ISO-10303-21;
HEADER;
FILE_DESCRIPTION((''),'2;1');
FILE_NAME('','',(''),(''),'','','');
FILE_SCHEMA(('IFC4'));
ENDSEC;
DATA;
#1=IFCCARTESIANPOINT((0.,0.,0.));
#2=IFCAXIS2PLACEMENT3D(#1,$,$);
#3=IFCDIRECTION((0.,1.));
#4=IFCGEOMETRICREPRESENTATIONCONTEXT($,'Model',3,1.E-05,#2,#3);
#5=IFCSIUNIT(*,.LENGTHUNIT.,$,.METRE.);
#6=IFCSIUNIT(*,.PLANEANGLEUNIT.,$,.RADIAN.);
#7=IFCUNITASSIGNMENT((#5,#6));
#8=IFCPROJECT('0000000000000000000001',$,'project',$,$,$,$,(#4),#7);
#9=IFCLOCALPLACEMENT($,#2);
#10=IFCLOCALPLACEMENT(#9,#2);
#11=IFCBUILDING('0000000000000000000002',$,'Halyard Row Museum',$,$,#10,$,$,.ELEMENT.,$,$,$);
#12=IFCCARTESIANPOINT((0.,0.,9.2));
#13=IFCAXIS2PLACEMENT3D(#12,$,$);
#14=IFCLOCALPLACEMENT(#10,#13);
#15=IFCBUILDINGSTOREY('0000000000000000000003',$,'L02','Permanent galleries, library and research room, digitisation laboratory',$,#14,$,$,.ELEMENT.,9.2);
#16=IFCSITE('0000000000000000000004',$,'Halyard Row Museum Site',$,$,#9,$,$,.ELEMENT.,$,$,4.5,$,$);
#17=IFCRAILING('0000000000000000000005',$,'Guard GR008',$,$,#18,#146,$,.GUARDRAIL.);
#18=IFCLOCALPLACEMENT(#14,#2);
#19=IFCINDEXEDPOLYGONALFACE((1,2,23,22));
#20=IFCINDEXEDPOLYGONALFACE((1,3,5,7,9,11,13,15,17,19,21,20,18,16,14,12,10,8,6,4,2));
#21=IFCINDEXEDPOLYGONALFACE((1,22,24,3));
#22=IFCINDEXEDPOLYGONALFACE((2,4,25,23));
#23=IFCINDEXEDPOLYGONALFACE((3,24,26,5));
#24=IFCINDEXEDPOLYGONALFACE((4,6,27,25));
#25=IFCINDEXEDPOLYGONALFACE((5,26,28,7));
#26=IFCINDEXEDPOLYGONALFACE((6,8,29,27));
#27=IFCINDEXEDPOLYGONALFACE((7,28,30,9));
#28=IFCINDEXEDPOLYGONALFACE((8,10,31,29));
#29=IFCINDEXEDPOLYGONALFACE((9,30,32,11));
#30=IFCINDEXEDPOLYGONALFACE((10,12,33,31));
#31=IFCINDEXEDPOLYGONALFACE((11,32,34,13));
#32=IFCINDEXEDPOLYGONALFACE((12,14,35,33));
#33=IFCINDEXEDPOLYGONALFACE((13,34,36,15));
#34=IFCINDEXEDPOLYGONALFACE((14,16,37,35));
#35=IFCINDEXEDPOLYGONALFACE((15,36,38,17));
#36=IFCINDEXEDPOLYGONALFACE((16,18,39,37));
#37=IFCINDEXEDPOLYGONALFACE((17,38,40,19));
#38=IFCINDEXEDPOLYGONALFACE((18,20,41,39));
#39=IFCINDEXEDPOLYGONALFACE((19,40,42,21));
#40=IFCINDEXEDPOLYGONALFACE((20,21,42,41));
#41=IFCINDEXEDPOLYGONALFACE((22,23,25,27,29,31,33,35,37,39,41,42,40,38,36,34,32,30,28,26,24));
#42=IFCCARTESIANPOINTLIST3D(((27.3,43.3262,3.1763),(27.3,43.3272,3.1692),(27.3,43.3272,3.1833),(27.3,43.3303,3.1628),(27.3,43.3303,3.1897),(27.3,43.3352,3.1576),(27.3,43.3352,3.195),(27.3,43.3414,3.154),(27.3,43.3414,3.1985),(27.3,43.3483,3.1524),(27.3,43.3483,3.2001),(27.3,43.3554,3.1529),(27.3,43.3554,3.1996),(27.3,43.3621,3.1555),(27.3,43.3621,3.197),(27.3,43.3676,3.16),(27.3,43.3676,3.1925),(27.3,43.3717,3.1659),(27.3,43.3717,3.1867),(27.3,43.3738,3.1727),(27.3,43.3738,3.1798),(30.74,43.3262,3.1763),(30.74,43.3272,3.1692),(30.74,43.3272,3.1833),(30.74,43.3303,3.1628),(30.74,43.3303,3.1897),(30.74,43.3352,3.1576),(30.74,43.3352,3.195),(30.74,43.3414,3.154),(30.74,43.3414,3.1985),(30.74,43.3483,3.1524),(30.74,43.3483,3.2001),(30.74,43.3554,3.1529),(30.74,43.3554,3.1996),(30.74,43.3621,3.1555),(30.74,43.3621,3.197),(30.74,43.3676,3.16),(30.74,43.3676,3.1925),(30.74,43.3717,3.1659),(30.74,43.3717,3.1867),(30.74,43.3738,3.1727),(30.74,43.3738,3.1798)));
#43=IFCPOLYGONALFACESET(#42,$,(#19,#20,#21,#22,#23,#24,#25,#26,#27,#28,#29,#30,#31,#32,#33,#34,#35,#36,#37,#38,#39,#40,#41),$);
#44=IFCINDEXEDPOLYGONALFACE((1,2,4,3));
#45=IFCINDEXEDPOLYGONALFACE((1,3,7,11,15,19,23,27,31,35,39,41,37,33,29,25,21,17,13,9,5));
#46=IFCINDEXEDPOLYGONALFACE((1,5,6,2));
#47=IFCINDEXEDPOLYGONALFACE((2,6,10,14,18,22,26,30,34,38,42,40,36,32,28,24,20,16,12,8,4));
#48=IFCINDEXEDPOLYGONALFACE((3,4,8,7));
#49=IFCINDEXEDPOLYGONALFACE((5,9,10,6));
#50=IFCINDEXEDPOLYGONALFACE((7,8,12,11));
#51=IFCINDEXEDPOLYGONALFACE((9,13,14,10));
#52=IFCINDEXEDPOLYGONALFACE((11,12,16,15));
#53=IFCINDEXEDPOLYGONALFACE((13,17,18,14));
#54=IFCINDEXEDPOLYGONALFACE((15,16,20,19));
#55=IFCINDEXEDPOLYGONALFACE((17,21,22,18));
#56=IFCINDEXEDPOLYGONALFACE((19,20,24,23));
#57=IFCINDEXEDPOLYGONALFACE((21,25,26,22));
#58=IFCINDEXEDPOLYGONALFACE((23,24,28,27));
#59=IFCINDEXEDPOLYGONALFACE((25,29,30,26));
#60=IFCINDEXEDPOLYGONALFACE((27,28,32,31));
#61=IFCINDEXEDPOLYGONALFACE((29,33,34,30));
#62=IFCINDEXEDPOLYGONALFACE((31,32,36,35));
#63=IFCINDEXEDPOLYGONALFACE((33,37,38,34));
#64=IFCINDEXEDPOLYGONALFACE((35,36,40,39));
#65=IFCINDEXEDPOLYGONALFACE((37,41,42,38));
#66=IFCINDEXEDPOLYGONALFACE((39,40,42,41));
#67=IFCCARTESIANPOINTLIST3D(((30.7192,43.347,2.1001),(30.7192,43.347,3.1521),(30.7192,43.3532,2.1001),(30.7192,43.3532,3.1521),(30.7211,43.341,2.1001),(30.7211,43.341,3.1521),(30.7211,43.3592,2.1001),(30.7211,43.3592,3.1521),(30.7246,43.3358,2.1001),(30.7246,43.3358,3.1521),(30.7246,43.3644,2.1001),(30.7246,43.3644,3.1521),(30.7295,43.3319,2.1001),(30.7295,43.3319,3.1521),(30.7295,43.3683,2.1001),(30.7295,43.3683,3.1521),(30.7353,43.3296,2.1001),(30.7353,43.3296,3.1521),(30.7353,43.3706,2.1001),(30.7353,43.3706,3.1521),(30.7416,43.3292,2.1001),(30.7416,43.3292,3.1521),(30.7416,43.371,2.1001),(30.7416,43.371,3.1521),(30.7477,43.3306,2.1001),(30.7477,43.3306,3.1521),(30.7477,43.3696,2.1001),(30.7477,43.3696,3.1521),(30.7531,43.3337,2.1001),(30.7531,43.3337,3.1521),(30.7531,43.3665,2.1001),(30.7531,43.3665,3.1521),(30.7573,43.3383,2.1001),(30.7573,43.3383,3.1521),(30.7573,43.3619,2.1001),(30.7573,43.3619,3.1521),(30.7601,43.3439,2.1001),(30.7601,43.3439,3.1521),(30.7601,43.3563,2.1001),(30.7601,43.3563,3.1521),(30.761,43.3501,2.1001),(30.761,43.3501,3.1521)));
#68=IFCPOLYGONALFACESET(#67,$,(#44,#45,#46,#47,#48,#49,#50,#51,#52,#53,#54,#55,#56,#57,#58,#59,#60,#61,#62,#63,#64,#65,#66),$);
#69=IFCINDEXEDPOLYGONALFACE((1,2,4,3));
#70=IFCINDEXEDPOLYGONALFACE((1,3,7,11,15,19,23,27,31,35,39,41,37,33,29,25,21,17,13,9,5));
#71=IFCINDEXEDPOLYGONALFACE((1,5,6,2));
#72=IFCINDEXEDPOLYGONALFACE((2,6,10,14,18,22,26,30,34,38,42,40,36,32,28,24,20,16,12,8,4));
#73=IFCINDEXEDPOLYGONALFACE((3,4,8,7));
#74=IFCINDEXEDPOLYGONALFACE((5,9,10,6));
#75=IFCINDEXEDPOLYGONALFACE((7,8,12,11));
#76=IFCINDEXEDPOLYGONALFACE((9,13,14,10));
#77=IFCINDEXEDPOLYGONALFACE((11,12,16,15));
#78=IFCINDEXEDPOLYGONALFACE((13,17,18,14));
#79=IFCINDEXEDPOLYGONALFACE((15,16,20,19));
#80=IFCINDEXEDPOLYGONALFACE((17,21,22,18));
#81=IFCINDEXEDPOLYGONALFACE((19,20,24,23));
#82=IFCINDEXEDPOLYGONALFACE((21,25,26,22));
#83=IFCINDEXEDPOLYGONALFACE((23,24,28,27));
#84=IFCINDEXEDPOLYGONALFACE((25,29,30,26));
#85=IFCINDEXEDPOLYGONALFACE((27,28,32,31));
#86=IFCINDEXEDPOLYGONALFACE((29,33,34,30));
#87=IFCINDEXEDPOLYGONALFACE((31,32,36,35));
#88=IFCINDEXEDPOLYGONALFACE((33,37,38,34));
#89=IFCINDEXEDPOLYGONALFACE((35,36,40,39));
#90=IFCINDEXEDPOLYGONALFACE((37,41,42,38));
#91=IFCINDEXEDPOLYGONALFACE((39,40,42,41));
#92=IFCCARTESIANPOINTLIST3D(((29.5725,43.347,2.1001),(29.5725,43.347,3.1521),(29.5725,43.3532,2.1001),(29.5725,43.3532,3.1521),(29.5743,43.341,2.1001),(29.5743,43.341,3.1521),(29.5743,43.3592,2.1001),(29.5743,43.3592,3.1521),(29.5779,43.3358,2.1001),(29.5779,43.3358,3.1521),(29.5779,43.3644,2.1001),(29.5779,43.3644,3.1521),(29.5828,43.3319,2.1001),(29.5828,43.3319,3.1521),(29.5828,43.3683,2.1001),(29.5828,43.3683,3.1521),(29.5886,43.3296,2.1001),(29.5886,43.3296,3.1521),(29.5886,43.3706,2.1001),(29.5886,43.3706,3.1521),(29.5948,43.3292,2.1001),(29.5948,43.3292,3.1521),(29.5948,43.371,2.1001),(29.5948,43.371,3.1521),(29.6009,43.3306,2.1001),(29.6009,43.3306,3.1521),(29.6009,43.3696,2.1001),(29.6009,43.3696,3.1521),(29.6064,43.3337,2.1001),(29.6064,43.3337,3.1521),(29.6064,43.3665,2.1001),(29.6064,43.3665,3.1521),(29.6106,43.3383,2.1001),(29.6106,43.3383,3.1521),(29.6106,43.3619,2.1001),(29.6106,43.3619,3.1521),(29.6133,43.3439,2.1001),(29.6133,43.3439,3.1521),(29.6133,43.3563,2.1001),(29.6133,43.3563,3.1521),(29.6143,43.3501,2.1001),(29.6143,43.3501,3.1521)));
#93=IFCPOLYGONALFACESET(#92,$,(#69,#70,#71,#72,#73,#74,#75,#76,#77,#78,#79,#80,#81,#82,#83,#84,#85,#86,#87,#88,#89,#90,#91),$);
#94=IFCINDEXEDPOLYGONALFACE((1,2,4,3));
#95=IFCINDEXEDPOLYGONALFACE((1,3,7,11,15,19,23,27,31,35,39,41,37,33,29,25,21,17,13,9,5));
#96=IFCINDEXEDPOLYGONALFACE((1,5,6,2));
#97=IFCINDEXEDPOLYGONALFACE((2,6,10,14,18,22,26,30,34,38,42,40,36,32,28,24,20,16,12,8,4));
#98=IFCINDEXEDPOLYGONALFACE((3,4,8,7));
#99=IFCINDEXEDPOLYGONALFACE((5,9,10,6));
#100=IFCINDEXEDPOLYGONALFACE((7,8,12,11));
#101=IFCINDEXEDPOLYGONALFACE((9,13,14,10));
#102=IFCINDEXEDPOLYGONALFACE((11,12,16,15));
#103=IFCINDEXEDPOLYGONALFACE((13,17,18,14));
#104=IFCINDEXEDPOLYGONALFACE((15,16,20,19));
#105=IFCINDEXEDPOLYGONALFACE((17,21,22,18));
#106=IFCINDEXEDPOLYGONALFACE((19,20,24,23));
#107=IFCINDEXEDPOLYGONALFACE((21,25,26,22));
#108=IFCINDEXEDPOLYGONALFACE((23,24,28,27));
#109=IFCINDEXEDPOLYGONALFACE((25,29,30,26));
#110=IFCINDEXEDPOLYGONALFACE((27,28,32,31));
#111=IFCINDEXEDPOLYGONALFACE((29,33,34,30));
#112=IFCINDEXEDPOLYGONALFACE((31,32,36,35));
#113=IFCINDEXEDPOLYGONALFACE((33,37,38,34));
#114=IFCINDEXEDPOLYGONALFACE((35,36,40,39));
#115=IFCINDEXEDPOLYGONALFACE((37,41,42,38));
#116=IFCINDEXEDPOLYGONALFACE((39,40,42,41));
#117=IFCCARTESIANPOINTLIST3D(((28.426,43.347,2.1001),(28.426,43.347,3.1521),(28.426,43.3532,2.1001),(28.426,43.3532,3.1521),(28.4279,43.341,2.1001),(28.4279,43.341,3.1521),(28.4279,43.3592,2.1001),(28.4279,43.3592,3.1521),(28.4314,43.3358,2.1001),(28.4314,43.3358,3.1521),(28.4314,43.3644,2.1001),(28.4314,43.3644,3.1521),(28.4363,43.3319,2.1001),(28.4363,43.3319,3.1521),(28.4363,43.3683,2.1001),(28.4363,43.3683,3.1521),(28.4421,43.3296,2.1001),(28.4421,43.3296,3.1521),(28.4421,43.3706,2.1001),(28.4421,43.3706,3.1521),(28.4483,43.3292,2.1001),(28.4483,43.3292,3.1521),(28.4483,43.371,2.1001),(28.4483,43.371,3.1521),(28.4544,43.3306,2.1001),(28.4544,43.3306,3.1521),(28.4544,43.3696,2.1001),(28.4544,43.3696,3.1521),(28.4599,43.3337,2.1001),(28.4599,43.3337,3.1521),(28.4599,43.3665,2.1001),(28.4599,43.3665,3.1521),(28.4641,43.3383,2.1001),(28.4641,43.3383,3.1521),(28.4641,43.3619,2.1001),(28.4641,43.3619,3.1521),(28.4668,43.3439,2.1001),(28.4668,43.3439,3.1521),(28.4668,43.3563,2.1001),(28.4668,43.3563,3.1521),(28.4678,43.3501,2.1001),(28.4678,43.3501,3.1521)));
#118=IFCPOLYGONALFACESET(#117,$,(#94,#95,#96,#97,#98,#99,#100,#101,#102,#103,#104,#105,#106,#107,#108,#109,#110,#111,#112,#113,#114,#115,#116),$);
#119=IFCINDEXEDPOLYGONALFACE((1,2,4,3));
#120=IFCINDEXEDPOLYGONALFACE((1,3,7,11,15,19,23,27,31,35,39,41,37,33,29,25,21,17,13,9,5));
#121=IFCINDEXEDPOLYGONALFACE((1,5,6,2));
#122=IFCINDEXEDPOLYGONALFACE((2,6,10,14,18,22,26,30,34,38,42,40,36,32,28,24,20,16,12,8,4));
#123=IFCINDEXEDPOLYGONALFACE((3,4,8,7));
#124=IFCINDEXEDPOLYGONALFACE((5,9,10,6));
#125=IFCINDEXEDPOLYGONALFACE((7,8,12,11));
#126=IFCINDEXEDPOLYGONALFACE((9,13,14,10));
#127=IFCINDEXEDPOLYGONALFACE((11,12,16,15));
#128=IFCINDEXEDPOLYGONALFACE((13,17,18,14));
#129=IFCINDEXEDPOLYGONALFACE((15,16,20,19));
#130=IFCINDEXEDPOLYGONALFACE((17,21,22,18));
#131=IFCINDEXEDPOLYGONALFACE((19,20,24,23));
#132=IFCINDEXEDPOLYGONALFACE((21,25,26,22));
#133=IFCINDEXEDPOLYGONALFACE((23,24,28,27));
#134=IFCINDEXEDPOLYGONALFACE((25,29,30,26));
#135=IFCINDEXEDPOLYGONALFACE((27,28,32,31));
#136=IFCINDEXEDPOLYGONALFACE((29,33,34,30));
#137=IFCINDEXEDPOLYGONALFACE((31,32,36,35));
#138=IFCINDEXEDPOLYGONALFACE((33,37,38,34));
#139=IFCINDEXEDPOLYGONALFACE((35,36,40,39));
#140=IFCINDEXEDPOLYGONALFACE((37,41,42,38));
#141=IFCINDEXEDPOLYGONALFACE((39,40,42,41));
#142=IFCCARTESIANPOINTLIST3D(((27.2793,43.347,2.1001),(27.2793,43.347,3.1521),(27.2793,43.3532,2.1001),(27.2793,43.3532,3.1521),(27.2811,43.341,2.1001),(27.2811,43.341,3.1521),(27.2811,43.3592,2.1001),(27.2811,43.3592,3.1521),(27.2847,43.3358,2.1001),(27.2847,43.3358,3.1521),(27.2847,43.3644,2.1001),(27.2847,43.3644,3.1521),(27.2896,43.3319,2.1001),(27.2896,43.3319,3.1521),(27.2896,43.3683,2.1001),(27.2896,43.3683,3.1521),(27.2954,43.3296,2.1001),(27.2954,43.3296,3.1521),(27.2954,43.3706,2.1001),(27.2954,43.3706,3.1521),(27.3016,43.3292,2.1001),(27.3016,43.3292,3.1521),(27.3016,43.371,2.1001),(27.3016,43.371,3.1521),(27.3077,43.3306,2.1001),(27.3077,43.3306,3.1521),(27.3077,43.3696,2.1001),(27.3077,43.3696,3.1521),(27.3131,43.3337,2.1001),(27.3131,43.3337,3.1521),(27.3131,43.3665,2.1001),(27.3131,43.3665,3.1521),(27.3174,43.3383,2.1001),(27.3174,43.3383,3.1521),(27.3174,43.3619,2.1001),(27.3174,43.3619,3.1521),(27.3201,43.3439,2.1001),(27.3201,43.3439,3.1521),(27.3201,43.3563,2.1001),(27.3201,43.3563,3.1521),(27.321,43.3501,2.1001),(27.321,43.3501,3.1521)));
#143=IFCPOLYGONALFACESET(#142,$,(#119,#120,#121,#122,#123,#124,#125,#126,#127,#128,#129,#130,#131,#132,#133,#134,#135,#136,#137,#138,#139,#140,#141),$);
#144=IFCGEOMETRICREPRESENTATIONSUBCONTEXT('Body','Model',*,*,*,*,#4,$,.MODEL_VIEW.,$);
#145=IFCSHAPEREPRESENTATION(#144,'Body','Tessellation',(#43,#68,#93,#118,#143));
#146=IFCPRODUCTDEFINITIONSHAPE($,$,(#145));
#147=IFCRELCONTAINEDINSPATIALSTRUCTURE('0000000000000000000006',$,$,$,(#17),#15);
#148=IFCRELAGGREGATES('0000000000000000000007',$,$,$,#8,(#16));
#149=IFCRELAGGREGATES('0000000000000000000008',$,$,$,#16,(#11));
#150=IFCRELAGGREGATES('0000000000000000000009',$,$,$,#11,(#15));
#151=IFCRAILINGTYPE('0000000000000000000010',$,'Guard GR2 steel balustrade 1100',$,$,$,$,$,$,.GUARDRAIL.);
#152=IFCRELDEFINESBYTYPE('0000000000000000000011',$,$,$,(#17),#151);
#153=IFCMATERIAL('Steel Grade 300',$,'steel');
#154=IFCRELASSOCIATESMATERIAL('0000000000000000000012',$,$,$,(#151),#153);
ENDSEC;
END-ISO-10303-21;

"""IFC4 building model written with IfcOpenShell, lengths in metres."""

from ifc_helpers import new_model, si_unit, direction, frame, origin, origin_2d, place, context, subcontext, project, spatial, circle, extrude, material, type_object, element, save


model = new_model("IFC4")

# Units and contexts
model_context = context("Model", 3, precision=1e-05, world=origin(), true_north=direction((0.0, 1.0)))
body_context = subcontext(model_context, "Body", "Model", "MODEL_VIEW")
ifc_project = project(units=[si_unit("LENGTHUNIT", "METRE"), si_unit("PLANEANGLEUNIT", "RADIAN")], contexts=[model_context])

# Site, building, storey
site_placement = place(None, origin())
site = spatial("IfcSite", under=ifc_project, at=site_placement, Name="Halyard Row Museum Site", CompositionType="ELEMENT", RefElevation=4.5)
building_placement = place(site_placement, origin())
building = spatial("IfcBuilding", under=site, at=building_placement, Name="Halyard Row Museum", CompositionType="ELEMENT")
storey_placement = place(building_placement, frame((0.0, 0.0, 9.2)))
storey = spatial("IfcBuildingStorey", under=building, at=storey_placement, Name="L02", Description="Permanent galleries, library and research room, digitisation laboratory", CompositionType="ELEMENT", Elevation=9.2)

# Railing
ifc_material_1 = material(Name="Steel Grade 300", Category="steel")
railing_type_1 = type_object("IfcRailingType", Name="Guard GR2 steel balustrade 1100", PredefinedType="GUARDRAIL", material=ifc_material_1)
railing_1_placement = place(storey_placement, frame((30.74, 43.3501, 2.1001)))
element("IfcRailing", 1, at=railing_1_placement, inside=storey, type_object=railing_type_1, Name="Guard GR008", PredefinedType="GUARDRAIL", context=body_context, shape_type="SweptSolid", body=[
    extrude(circle(Radius=0.0239, at=origin_2d()), frame((0.0, 0.0, 1.0762), z_axis=(-1.0, 0.0, 0.0), x_axis=(0.0, -1.0, 0.0)), (0.0, 0.0, 1.0), 3.4399),
    extrude(circle(Radius=0.021, at=origin_2d()), origin(), (0.0, 0.0, 1.0), 1.052),
    extrude(circle(Radius=0.021, at=origin_2d()), frame((-1.1467, 0.0, 0.0)), (0.0, 0.0, 1.0), 1.052),
    extrude(circle(Radius=0.021, at=origin_2d()), frame((-2.2932, 0.0, 0.0)), (0.0, 0.0, 1.0), 1.052),
    extrude(circle(Radius=0.021, at=origin_2d()), frame((-3.4399, 0.0, 0.0)), (0.0, 0.0, 1.0), 1.052),
])

save(model, "model.ifc")
